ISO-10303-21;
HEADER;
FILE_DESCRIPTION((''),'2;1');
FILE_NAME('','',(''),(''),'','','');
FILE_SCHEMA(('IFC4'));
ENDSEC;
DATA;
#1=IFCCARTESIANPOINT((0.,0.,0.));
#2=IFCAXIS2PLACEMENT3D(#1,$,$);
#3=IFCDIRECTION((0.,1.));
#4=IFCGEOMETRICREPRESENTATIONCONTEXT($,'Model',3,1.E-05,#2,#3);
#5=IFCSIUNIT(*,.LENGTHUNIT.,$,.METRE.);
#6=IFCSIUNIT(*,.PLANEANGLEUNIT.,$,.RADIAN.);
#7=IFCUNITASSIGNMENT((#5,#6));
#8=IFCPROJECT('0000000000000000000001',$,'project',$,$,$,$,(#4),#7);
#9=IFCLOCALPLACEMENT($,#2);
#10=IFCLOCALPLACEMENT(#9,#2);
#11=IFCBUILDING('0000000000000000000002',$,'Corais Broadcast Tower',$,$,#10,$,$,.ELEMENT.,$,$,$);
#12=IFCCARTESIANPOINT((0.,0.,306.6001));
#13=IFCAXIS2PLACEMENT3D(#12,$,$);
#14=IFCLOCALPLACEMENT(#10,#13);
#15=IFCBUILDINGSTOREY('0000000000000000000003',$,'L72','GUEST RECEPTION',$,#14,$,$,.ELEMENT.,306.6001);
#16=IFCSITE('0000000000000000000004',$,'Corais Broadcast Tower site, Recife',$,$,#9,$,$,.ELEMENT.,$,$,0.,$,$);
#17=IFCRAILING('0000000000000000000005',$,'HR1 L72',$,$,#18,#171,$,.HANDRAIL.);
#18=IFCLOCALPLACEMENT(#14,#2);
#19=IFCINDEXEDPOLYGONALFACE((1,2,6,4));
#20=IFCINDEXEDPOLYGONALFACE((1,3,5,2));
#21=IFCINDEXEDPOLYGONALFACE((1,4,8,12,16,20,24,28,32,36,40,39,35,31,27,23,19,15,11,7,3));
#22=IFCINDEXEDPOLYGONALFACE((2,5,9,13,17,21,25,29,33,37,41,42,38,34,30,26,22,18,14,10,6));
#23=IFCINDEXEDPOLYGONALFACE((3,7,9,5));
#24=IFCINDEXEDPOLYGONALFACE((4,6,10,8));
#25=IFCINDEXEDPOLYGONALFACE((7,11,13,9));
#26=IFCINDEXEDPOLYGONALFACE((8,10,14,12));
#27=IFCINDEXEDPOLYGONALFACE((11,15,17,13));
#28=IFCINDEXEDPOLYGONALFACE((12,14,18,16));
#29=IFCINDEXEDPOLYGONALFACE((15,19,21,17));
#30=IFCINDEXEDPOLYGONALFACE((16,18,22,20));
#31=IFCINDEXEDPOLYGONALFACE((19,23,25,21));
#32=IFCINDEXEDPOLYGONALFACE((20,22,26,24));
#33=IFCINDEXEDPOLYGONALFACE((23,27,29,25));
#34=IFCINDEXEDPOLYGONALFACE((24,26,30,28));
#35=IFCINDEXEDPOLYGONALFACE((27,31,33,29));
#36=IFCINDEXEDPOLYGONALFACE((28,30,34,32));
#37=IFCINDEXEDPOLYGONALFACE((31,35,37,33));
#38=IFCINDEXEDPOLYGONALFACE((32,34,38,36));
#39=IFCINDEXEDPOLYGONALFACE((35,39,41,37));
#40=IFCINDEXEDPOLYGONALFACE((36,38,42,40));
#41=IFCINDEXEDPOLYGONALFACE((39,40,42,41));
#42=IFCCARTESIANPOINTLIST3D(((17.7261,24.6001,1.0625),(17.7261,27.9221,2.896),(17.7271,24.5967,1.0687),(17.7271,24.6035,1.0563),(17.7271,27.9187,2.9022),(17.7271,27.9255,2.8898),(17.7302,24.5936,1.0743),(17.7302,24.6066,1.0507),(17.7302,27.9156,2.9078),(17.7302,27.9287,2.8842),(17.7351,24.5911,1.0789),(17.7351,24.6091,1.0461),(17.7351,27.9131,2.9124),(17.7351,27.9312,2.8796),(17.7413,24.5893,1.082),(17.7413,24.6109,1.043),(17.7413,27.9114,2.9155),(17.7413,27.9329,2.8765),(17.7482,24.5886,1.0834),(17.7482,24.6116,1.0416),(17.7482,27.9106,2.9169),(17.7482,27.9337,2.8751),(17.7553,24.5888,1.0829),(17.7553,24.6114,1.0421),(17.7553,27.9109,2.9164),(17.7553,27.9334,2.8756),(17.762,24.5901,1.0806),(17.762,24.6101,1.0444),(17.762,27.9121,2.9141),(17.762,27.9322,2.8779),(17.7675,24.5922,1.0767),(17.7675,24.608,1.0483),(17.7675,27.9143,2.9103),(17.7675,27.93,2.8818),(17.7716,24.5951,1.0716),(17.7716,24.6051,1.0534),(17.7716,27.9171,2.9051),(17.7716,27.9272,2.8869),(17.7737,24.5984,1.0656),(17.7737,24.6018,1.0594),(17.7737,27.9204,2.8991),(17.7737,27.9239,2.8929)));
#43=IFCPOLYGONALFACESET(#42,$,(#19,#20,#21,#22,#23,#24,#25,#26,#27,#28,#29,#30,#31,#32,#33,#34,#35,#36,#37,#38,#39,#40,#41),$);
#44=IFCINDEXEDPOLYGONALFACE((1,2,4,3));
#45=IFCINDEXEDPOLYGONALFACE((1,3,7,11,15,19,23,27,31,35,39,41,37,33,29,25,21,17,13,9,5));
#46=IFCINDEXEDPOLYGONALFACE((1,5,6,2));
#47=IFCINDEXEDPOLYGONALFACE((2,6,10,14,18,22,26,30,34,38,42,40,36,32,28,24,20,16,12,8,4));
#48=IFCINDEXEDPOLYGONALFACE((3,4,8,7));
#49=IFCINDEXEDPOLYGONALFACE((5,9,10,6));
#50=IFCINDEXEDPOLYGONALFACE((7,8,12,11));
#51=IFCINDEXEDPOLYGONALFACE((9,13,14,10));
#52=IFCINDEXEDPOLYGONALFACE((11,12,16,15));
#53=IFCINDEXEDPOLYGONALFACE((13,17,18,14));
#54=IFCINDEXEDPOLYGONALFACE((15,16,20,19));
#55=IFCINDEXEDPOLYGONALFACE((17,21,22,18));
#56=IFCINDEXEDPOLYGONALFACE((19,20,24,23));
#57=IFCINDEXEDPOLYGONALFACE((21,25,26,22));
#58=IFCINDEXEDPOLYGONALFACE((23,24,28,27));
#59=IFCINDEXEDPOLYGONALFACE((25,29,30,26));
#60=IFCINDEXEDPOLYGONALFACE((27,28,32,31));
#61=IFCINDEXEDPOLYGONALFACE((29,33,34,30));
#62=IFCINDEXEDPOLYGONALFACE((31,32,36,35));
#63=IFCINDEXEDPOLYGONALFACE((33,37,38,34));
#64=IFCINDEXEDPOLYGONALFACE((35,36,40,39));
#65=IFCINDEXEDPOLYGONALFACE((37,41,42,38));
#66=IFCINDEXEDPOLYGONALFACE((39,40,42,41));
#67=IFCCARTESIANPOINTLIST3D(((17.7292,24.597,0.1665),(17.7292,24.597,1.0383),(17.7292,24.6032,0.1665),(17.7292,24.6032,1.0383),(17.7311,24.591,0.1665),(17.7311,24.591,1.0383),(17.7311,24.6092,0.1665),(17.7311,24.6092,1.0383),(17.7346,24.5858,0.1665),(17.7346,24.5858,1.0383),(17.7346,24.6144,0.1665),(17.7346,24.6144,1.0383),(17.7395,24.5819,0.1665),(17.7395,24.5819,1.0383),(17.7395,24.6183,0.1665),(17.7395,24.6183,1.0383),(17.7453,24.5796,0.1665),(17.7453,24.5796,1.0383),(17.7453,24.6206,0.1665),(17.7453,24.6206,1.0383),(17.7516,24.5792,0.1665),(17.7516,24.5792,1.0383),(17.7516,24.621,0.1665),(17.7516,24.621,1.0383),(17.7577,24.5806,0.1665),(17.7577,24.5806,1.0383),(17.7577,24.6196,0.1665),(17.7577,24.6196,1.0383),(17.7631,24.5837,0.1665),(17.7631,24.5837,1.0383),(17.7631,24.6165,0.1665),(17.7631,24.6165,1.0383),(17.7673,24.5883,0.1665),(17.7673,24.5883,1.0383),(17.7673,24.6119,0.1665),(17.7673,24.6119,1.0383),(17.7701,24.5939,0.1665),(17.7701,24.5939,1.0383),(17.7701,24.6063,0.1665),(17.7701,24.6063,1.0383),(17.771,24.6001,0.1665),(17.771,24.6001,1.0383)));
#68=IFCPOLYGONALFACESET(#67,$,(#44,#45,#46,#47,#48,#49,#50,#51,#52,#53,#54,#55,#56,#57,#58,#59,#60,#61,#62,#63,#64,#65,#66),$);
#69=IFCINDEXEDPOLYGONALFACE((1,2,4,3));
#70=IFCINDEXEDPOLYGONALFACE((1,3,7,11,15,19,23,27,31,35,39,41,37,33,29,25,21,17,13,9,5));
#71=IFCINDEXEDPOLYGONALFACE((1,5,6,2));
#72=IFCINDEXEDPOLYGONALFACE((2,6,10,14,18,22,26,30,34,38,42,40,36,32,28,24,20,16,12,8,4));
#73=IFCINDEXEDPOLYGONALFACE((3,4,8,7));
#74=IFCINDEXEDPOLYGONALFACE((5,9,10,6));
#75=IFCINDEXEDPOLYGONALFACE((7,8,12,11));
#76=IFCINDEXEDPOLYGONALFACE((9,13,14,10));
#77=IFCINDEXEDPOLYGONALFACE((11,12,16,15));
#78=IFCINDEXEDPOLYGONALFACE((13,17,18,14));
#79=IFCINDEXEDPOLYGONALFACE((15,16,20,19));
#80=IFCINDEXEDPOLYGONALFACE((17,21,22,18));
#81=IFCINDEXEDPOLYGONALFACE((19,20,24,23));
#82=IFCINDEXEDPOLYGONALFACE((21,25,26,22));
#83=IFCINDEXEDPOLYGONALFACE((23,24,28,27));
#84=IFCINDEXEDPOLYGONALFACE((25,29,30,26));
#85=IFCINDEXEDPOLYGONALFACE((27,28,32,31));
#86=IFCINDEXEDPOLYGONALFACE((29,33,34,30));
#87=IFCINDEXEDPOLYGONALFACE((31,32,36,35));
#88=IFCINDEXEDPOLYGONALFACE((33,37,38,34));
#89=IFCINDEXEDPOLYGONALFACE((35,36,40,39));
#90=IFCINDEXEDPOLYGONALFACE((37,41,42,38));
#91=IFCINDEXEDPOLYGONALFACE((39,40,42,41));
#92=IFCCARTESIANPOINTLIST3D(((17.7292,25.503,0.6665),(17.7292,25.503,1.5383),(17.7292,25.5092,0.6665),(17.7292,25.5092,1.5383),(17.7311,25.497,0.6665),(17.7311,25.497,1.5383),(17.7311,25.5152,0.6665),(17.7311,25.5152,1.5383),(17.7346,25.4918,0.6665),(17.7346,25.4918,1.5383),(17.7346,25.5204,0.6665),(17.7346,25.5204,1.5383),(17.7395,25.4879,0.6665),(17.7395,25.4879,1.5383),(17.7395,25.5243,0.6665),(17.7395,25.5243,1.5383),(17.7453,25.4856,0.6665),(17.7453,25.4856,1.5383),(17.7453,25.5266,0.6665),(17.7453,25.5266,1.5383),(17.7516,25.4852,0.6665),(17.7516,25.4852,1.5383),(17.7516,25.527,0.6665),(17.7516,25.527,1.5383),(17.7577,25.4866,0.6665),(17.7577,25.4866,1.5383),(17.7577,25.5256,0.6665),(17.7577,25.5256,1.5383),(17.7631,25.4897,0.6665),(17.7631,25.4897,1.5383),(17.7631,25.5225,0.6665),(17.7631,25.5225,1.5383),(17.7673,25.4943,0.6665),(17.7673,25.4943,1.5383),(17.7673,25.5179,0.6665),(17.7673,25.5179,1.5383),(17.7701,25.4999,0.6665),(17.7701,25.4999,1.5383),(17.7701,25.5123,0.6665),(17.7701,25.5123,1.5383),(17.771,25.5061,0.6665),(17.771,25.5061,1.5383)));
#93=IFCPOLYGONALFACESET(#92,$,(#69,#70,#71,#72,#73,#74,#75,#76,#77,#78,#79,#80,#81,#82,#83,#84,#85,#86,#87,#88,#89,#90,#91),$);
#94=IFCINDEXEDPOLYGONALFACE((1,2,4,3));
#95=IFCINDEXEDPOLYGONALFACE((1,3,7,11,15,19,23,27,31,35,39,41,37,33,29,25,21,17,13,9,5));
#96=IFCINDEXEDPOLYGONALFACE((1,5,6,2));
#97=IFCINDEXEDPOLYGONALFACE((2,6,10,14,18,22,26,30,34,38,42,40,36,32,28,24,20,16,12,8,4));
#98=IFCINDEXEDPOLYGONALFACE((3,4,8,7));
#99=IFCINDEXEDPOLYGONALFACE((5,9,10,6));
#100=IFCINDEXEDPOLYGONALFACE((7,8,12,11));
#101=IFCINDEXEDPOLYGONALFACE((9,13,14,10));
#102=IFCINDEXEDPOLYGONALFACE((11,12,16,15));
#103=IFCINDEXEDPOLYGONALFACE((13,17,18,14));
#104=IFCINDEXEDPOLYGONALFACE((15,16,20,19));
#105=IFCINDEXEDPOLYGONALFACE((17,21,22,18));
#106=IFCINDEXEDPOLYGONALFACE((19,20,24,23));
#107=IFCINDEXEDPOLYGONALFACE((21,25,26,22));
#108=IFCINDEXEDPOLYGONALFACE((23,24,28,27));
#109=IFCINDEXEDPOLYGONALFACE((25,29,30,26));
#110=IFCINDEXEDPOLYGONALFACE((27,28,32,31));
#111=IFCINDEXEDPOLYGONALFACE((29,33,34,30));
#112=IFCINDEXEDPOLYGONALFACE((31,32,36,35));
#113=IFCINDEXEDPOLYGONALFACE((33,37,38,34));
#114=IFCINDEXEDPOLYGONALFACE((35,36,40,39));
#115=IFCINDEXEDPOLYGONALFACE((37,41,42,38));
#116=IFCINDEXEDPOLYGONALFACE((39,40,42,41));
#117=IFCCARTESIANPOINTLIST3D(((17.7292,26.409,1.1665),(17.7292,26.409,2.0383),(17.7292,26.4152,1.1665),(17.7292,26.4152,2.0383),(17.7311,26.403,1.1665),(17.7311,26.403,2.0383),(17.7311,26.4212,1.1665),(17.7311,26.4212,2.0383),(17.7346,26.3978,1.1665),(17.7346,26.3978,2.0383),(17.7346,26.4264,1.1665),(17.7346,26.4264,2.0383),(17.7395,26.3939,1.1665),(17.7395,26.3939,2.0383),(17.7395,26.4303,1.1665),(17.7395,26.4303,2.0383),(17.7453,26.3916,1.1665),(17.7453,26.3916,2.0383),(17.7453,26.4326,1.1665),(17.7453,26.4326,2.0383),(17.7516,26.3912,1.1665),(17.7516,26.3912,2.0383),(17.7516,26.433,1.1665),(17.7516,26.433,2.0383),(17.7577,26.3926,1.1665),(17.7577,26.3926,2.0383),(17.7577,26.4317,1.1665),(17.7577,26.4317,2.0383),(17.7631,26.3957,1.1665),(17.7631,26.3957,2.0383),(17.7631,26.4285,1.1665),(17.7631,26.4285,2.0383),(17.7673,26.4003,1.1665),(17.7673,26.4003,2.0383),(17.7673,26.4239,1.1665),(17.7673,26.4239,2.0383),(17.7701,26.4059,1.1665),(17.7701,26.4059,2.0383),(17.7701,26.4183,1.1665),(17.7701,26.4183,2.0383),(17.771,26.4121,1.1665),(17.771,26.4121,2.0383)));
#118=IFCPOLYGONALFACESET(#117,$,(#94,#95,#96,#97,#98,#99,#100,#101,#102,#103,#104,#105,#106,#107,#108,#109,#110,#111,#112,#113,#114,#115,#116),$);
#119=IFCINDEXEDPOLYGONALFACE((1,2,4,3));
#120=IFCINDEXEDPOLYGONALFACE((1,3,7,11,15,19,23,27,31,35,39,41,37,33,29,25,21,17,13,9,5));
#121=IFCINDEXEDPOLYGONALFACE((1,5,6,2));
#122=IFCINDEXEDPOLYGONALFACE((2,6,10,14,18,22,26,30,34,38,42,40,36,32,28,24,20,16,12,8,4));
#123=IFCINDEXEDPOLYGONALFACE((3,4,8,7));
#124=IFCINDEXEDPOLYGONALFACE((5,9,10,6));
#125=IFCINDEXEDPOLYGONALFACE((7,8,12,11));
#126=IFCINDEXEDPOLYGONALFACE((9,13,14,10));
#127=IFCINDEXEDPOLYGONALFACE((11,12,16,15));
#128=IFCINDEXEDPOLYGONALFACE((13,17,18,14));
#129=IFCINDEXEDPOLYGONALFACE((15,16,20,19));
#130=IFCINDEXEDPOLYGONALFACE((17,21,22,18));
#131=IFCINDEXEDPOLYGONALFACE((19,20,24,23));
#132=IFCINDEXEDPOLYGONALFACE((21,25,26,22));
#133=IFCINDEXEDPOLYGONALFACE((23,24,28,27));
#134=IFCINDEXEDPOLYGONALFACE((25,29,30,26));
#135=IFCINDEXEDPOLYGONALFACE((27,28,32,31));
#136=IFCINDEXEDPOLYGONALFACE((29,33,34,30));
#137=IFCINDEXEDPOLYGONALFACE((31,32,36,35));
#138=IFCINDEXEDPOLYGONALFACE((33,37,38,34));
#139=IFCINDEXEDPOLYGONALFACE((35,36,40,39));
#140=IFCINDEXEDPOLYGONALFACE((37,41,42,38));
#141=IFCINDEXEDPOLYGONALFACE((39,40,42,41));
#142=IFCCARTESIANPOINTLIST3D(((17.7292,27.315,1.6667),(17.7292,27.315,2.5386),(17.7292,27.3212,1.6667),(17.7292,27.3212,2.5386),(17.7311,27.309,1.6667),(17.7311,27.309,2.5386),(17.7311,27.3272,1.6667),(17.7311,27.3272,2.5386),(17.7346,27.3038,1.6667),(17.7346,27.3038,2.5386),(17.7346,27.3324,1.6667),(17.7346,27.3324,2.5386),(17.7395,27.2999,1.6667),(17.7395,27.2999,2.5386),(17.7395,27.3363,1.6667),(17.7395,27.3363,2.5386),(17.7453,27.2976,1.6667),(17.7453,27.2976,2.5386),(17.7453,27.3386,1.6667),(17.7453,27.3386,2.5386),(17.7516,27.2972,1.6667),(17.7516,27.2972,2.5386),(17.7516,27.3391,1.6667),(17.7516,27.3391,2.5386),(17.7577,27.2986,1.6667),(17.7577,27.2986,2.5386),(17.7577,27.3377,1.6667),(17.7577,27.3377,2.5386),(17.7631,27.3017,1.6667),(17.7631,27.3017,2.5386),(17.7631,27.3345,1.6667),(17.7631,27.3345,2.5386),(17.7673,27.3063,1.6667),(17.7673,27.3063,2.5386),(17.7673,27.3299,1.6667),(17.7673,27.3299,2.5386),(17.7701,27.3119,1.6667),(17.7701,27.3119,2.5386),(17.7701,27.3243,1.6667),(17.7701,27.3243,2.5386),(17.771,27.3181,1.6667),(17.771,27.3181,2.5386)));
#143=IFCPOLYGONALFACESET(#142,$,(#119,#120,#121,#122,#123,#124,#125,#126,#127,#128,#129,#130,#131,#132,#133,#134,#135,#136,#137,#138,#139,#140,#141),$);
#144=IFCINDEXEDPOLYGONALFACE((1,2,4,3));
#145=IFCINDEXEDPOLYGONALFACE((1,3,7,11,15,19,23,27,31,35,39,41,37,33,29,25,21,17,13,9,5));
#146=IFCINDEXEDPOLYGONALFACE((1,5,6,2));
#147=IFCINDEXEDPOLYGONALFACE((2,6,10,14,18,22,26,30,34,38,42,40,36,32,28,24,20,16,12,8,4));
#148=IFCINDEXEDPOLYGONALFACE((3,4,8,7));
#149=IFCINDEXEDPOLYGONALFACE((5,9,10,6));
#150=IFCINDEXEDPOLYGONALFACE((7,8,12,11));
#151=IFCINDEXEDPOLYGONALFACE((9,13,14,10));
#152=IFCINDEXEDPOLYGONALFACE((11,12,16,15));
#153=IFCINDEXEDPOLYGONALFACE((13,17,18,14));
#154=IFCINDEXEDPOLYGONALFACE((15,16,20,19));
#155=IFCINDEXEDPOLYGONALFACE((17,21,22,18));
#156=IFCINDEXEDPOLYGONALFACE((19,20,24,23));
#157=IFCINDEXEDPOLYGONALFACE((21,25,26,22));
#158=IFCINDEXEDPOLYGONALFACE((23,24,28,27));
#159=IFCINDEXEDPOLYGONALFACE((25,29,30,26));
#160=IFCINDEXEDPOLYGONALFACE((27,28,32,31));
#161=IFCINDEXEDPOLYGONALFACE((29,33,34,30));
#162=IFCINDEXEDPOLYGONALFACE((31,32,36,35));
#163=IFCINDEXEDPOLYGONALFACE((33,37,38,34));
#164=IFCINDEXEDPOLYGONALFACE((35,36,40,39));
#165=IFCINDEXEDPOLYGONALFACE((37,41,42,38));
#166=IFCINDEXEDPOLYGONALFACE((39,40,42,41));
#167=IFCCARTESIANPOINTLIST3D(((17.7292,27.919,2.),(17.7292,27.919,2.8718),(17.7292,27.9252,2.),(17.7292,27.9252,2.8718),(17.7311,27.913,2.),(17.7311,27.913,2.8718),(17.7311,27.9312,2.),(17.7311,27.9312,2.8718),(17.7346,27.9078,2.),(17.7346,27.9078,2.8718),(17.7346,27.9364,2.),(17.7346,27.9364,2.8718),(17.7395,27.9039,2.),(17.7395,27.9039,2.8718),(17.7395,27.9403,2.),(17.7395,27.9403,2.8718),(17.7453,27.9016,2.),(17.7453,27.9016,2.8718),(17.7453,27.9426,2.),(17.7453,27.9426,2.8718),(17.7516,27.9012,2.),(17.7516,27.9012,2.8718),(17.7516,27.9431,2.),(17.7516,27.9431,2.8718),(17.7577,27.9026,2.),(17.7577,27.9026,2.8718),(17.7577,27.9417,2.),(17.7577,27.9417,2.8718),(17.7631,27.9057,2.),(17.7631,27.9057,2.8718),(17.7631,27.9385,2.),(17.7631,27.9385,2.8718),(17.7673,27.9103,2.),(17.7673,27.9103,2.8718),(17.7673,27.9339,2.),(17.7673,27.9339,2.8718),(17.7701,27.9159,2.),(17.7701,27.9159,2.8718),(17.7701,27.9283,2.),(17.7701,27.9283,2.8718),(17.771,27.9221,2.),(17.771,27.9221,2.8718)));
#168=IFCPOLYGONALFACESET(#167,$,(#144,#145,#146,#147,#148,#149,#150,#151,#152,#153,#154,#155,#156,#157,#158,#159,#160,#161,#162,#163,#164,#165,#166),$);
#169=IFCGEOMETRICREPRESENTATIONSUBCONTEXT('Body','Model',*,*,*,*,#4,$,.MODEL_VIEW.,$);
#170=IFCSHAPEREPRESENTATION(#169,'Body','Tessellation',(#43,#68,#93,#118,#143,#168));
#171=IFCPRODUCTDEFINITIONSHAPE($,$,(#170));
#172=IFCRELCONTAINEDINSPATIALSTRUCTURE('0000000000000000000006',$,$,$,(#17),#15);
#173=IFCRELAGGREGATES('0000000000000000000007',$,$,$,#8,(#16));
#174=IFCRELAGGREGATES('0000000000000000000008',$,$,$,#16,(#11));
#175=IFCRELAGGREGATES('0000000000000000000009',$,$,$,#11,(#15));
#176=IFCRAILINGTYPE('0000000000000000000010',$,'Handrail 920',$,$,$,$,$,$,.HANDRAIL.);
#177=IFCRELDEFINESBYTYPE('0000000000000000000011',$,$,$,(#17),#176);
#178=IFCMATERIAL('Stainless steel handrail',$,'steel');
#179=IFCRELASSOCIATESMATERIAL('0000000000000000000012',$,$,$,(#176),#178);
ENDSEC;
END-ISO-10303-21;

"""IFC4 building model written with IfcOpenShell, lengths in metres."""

from ifc_helpers import new_model, si_unit, direction, frame, origin, origin_2d, place, context, subcontext, project, spatial, circle, extrude, material, type_object, element, save


model = new_model("IFC4")

# Units and contexts
model_context = context("Model", 3, precision=1e-05, world=origin(), true_north=direction((0.0, 1.0)))
body_context = subcontext(model_context, "Body", "Model", "MODEL_VIEW")
ifc_project = project(units=[si_unit("LENGTHUNIT", "METRE"), si_unit("PLANEANGLEUNIT", "RADIAN")], contexts=[model_context])

# Site, building, storey
site_placement = place(None, origin())
site = spatial("IfcSite", under=ifc_project, at=site_placement, Name="Corais Broadcast Tower site, Recife", CompositionType="ELEMENT", RefElevation=0.0)
building_placement = place(site_placement, origin())
building = spatial("IfcBuilding", under=site, at=building_placement, Name="Corais Broadcast Tower", CompositionType="ELEMENT")
storey_placement = place(building_placement, frame((0.0, 0.0, 306.6001)))
storey = spatial("IfcBuildingStorey", under=building, at=storey_placement, Name="L72", Description="GUEST RECEPTION", CompositionType="ELEMENT", Elevation=306.6001)

# Railing
ifc_material_1 = material(Name="Stainless steel handrail", Category="steel")
railing_type = type_object("IfcRailingType", Name="Handrail 920", PredefinedType="HANDRAIL", material=ifc_material_1)
for number, where, name in (
    (1, (17.75, 24.6001, 0.1665), "HR1 L72"),
):
    element("IfcRailing", number, at=place(storey_placement, frame(where)), inside=storey, type_object=railing_type, Name=name, PredefinedType="HANDRAIL", context=body_context, shape_type="SweptSolid", body=[
        extrude(circle(Radius=0.0239, at=origin_2d()), frame((0.0, 0.0, 0.896), z_axis=(0.0, 0.875504, 0.48321), x_axis=(-1.0, 0.0, 0.0)), (0.0, 0.0, 1.0), 3.7944),
        extrude(circle(Radius=0.021, at=origin_2d()), origin(), (0.0, 0.0, 1.0), 0.8718),
        extrude(circle(Radius=0.021, at=origin_2d()), frame((0.0, 0.906, 0.5)), (0.0, 0.0, 1.0), 0.8718),
        extrude(circle(Radius=0.021, at=origin_2d()), frame((0.0, 1.812, 1.0)), (0.0, 0.0, 1.0), 0.8718),
        extrude(circle(Radius=0.021, at=origin_2d()), frame((0.0, 2.718, 1.5002)), (0.0, 0.0, 1.0), 0.8718),
        extrude(circle(Radius=0.021, at=origin_2d()), frame((0.0, 3.322, 1.8335)), (0.0, 0.0, 1.0), 0.8718),
    ])

save(model, "model.ifc")
